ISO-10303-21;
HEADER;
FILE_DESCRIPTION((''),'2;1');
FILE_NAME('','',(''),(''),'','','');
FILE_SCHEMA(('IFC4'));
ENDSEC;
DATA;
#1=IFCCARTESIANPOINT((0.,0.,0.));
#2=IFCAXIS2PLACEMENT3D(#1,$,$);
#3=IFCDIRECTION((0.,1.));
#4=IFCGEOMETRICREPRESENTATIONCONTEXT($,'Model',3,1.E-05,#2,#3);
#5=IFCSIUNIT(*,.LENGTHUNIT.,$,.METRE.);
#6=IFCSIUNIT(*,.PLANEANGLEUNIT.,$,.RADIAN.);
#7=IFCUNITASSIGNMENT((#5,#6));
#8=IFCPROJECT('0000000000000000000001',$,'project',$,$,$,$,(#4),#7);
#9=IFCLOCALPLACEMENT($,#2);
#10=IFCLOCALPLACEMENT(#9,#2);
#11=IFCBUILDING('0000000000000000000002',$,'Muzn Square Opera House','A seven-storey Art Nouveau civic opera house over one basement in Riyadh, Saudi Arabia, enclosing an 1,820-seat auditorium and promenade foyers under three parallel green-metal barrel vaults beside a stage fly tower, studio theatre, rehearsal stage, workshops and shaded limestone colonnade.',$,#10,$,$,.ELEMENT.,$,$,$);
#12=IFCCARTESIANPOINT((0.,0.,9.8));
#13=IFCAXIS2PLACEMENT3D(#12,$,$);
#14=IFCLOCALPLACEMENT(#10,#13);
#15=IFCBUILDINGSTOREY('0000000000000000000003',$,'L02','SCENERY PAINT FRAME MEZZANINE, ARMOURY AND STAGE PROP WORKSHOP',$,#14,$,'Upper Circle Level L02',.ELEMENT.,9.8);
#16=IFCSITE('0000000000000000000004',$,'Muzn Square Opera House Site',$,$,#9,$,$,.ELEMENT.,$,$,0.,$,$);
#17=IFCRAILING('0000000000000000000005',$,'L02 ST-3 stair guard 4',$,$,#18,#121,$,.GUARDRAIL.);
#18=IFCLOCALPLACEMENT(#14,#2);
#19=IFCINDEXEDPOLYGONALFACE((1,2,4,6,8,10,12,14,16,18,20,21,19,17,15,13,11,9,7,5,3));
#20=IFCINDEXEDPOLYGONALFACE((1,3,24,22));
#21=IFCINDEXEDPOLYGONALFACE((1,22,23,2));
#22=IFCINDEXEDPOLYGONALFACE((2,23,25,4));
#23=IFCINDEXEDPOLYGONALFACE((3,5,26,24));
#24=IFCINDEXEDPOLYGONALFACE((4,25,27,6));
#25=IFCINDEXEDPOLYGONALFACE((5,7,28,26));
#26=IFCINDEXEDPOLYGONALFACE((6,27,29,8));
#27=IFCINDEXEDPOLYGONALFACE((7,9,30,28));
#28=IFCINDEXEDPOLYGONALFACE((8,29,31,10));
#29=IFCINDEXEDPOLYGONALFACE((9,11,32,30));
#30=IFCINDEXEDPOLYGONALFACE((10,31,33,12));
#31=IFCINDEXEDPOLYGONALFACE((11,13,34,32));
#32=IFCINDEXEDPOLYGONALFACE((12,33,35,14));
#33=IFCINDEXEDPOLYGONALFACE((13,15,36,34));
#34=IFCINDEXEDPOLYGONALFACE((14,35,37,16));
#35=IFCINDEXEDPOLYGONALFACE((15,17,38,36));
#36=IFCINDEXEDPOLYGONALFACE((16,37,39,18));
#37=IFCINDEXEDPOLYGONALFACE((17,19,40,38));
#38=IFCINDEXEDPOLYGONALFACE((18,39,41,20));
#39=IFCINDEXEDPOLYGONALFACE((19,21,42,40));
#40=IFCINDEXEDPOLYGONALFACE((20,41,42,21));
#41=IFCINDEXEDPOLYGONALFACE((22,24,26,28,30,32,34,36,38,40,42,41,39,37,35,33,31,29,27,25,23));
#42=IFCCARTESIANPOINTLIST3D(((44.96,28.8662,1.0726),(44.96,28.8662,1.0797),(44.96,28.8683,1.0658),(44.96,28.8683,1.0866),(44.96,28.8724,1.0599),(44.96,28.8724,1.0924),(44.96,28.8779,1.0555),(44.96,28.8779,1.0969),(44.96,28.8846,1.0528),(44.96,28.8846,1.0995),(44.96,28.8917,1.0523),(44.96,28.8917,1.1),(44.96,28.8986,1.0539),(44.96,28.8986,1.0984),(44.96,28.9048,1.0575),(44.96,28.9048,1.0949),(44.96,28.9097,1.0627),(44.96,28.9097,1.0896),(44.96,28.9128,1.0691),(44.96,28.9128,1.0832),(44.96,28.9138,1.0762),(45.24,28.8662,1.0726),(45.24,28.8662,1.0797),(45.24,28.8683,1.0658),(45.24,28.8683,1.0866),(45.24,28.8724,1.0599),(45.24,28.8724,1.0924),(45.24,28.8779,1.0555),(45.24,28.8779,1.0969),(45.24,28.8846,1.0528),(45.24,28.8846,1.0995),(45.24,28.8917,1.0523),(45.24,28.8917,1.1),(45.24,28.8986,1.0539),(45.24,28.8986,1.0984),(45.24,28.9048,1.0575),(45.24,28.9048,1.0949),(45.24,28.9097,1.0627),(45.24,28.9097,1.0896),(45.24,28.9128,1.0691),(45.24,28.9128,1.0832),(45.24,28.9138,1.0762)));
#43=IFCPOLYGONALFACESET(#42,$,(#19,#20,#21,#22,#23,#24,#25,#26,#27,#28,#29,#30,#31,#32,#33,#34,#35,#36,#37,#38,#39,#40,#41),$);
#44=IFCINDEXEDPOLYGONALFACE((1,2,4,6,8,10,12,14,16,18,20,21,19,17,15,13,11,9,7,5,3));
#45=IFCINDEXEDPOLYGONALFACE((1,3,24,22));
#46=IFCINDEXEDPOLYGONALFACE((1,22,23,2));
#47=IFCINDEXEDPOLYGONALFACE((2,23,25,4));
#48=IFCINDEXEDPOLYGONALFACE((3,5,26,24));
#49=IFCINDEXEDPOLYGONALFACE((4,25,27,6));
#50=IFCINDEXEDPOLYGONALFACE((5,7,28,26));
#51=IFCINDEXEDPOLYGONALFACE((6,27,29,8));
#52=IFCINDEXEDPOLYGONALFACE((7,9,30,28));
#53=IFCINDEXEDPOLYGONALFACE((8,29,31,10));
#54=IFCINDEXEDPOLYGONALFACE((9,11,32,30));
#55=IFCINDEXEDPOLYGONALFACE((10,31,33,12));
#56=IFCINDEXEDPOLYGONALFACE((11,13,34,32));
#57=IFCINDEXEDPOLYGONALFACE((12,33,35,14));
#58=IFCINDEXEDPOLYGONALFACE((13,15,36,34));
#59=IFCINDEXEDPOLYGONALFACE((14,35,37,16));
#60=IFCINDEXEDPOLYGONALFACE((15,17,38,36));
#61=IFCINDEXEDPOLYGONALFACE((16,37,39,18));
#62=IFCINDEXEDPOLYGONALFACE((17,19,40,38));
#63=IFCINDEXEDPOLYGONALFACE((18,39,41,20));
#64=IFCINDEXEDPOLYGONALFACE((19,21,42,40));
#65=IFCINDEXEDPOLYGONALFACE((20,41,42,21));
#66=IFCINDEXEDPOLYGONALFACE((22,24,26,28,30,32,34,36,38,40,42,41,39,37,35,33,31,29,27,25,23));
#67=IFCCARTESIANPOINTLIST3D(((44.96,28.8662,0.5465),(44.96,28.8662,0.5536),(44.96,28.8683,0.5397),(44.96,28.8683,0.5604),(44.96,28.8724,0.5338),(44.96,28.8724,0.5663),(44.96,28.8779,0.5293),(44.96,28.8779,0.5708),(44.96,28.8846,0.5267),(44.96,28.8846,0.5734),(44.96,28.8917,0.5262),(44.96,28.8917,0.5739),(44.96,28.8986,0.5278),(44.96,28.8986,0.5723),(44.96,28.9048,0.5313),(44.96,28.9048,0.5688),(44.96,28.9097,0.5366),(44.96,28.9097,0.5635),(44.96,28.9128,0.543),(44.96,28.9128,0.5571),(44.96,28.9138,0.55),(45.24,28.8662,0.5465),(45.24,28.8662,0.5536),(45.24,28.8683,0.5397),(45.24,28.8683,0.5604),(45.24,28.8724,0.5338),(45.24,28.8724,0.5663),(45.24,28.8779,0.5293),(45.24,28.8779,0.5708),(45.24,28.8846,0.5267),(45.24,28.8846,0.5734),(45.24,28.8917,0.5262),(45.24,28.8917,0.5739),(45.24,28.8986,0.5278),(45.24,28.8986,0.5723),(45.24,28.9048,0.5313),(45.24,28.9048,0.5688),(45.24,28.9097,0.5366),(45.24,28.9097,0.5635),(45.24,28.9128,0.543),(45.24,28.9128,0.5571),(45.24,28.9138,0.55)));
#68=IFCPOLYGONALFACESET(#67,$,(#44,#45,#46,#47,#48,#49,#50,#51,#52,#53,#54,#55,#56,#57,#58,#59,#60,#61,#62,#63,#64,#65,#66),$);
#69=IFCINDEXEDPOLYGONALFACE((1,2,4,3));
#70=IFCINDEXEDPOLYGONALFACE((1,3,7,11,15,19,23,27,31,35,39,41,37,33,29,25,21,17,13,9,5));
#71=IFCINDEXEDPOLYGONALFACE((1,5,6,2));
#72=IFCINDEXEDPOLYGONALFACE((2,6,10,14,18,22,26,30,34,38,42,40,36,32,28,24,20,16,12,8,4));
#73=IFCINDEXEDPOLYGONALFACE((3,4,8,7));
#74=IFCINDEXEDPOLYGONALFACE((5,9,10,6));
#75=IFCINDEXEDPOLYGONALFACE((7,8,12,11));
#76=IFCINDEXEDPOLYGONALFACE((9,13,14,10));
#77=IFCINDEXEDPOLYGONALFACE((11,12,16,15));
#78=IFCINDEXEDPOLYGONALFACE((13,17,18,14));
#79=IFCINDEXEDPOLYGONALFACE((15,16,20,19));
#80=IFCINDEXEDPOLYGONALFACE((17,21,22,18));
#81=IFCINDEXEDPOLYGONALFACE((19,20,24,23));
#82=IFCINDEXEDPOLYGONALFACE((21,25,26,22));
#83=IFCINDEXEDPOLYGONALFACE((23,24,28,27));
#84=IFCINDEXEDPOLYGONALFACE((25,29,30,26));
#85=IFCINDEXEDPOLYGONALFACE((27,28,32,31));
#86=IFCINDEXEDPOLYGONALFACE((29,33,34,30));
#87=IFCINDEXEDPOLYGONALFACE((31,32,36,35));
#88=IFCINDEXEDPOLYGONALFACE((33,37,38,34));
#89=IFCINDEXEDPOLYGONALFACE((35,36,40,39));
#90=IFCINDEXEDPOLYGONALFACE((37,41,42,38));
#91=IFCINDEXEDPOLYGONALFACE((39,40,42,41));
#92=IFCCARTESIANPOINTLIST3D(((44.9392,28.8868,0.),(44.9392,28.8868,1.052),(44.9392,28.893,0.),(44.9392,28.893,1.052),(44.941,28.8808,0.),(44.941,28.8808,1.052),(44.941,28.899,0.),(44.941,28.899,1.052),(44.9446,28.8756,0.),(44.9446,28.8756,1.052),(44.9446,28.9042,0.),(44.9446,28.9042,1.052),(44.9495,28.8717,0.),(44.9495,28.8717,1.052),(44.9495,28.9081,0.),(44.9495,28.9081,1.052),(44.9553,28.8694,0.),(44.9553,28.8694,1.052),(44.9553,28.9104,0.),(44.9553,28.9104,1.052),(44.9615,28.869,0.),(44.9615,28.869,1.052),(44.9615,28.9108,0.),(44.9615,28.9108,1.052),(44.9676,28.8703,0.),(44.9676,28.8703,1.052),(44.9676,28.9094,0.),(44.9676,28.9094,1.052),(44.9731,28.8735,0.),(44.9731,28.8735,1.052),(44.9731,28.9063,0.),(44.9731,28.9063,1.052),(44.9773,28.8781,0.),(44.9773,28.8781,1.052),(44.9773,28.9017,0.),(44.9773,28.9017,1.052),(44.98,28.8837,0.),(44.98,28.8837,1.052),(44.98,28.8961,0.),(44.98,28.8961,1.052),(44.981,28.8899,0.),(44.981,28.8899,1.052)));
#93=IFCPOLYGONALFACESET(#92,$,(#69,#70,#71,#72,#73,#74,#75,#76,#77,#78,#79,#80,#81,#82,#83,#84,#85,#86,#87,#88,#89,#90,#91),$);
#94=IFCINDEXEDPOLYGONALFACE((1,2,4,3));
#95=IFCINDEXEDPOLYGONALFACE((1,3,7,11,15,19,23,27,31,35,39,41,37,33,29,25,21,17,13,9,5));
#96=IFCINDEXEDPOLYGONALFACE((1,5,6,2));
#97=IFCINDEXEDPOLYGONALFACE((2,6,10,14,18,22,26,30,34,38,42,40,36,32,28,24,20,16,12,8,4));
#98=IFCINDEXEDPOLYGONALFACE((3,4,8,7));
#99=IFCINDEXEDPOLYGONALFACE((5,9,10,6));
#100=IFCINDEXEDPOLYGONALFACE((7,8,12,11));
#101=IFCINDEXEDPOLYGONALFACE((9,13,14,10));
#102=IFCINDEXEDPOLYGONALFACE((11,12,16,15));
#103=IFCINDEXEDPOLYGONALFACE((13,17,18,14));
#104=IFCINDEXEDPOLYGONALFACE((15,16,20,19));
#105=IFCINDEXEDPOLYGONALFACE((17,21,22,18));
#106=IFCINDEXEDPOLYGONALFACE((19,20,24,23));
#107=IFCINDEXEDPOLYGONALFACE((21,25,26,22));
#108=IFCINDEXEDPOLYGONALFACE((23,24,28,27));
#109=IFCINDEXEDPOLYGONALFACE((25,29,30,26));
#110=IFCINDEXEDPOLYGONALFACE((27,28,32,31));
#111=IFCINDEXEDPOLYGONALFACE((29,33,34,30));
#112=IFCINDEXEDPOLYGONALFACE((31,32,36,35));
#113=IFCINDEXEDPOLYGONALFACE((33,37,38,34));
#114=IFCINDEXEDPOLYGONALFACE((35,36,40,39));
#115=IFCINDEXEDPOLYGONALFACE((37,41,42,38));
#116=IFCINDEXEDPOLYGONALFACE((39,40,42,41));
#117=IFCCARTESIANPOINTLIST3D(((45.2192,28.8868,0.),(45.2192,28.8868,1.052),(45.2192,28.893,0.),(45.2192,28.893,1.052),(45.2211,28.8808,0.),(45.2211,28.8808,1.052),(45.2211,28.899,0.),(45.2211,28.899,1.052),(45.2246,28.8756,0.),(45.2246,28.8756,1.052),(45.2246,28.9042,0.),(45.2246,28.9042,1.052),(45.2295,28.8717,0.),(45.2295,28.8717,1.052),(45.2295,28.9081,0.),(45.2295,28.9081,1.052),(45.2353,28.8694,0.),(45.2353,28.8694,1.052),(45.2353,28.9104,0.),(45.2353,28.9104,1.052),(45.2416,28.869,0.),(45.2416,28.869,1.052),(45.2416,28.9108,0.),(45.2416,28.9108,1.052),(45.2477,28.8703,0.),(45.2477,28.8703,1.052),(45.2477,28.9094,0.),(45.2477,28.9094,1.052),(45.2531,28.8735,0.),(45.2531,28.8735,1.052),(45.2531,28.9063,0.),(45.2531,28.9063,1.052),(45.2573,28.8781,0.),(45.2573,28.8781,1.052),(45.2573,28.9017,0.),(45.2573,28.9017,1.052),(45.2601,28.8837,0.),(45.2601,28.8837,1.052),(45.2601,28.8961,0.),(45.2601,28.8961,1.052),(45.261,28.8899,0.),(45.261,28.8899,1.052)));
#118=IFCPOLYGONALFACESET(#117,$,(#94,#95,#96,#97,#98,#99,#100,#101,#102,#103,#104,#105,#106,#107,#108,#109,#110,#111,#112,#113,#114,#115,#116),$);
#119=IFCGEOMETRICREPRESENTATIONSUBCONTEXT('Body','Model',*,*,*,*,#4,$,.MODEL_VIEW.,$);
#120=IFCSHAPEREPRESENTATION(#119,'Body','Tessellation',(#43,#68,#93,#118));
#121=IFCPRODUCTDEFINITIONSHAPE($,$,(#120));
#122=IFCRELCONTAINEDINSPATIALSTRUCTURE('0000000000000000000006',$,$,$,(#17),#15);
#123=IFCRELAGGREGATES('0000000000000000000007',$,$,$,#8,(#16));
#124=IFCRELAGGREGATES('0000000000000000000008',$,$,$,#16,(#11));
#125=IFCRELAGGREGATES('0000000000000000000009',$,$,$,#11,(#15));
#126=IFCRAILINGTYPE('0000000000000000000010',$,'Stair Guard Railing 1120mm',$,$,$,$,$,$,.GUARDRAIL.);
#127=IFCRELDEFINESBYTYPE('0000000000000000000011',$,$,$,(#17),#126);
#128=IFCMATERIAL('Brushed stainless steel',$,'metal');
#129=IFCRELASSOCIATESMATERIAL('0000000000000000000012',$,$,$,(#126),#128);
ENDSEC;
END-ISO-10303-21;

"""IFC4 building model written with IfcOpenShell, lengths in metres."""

from ifc_helpers import new_model, si_unit, direction, frame, origin, origin_2d, place, context, subcontext, project, spatial, circle, extrude, material, type_object, element, save


model = new_model("IFC4")

# Units and contexts
model_context = context("Model", 3, precision=1e-05, world=origin(), true_north=direction((0.0, 1.0)))
body_context = subcontext(model_context, "Body", "Model", "MODEL_VIEW")
ifc_project = project(units=[si_unit("LENGTHUNIT", "METRE"), si_unit("PLANEANGLEUNIT", "RADIAN")], contexts=[model_context])

# Site, building, storey
site_placement = place(None, origin())
site = spatial("IfcSite", under=ifc_project, at=site_placement, Name="Muzn Square Opera House Site", CompositionType="ELEMENT", RefElevation=0.0)
building_placement = place(site_placement, origin())
building = spatial("IfcBuilding", under=site, at=building_placement, Name="Muzn Square Opera House", Description="A seven-storey Art Nouveau civic opera house over one basement in Riyadh, Saudi Arabia, enclosing an 1,820-seat auditorium and promenade foyers under three parallel green-metal barrel vaults beside a stage fly tower, studio theatre, rehearsal stage, workshops and shaded limestone colonnade.", CompositionType="ELEMENT")
storey_placement = place(building_placement, frame((0.0, 0.0, 9.8)))
storey = spatial("IfcBuildingStorey", under=building, at=storey_placement, Name="L02", Description="SCENERY PAINT FRAME MEZZANINE, ARMOURY AND STAGE PROP WORKSHOP", LongName="Upper Circle Level L02", CompositionType="ELEMENT", Elevation=9.8)

# Shared definitions
ifc_material_1 = material(Name="Brushed stainless steel", Category="metal")

# Railing
railing_type_1 = type_object("IfcRailingType", Name="Stair Guard Railing 1120mm", PredefinedType="GUARDRAIL", material=ifc_material_1)
railing_1_placement = place(storey_placement, frame((44.96, 28.8899, 0.0)))
element("IfcRailing", 1, at=railing_1_placement, inside=storey, type_object=railing_type_1, Name="L02 ST-3 stair guard 4", PredefinedType="GUARDRAIL", context=body_context, shape_type="SweptSolid", body=[
    extrude(circle(Radius=0.0239, at=origin_2d()), frame((0.0, 0.0, 1.0762), z_axis=(1.0, 0.0, 0.0), x_axis=(0.0, 1.0, 0.0)), (0.0, 0.0, 1.0), 0.28),
    extrude(circle(Radius=0.0239, at=origin_2d()), frame((0.0, 0.0, 0.55), z_axis=(1.0, 0.0, 0.0), x_axis=(0.0, 1.0, 0.0)), (0.0, 0.0, 1.0), 0.28),
    extrude(circle(Radius=0.021, at=origin_2d()), origin(), (0.0, 0.0, 1.0), 1.052),
    extrude(circle(Radius=0.021, at=origin_2d()), frame((0.28, 0.0, 0.0)), (0.0, 0.0, 1.0), 1.052),
])

save(model, "model.ifc")
